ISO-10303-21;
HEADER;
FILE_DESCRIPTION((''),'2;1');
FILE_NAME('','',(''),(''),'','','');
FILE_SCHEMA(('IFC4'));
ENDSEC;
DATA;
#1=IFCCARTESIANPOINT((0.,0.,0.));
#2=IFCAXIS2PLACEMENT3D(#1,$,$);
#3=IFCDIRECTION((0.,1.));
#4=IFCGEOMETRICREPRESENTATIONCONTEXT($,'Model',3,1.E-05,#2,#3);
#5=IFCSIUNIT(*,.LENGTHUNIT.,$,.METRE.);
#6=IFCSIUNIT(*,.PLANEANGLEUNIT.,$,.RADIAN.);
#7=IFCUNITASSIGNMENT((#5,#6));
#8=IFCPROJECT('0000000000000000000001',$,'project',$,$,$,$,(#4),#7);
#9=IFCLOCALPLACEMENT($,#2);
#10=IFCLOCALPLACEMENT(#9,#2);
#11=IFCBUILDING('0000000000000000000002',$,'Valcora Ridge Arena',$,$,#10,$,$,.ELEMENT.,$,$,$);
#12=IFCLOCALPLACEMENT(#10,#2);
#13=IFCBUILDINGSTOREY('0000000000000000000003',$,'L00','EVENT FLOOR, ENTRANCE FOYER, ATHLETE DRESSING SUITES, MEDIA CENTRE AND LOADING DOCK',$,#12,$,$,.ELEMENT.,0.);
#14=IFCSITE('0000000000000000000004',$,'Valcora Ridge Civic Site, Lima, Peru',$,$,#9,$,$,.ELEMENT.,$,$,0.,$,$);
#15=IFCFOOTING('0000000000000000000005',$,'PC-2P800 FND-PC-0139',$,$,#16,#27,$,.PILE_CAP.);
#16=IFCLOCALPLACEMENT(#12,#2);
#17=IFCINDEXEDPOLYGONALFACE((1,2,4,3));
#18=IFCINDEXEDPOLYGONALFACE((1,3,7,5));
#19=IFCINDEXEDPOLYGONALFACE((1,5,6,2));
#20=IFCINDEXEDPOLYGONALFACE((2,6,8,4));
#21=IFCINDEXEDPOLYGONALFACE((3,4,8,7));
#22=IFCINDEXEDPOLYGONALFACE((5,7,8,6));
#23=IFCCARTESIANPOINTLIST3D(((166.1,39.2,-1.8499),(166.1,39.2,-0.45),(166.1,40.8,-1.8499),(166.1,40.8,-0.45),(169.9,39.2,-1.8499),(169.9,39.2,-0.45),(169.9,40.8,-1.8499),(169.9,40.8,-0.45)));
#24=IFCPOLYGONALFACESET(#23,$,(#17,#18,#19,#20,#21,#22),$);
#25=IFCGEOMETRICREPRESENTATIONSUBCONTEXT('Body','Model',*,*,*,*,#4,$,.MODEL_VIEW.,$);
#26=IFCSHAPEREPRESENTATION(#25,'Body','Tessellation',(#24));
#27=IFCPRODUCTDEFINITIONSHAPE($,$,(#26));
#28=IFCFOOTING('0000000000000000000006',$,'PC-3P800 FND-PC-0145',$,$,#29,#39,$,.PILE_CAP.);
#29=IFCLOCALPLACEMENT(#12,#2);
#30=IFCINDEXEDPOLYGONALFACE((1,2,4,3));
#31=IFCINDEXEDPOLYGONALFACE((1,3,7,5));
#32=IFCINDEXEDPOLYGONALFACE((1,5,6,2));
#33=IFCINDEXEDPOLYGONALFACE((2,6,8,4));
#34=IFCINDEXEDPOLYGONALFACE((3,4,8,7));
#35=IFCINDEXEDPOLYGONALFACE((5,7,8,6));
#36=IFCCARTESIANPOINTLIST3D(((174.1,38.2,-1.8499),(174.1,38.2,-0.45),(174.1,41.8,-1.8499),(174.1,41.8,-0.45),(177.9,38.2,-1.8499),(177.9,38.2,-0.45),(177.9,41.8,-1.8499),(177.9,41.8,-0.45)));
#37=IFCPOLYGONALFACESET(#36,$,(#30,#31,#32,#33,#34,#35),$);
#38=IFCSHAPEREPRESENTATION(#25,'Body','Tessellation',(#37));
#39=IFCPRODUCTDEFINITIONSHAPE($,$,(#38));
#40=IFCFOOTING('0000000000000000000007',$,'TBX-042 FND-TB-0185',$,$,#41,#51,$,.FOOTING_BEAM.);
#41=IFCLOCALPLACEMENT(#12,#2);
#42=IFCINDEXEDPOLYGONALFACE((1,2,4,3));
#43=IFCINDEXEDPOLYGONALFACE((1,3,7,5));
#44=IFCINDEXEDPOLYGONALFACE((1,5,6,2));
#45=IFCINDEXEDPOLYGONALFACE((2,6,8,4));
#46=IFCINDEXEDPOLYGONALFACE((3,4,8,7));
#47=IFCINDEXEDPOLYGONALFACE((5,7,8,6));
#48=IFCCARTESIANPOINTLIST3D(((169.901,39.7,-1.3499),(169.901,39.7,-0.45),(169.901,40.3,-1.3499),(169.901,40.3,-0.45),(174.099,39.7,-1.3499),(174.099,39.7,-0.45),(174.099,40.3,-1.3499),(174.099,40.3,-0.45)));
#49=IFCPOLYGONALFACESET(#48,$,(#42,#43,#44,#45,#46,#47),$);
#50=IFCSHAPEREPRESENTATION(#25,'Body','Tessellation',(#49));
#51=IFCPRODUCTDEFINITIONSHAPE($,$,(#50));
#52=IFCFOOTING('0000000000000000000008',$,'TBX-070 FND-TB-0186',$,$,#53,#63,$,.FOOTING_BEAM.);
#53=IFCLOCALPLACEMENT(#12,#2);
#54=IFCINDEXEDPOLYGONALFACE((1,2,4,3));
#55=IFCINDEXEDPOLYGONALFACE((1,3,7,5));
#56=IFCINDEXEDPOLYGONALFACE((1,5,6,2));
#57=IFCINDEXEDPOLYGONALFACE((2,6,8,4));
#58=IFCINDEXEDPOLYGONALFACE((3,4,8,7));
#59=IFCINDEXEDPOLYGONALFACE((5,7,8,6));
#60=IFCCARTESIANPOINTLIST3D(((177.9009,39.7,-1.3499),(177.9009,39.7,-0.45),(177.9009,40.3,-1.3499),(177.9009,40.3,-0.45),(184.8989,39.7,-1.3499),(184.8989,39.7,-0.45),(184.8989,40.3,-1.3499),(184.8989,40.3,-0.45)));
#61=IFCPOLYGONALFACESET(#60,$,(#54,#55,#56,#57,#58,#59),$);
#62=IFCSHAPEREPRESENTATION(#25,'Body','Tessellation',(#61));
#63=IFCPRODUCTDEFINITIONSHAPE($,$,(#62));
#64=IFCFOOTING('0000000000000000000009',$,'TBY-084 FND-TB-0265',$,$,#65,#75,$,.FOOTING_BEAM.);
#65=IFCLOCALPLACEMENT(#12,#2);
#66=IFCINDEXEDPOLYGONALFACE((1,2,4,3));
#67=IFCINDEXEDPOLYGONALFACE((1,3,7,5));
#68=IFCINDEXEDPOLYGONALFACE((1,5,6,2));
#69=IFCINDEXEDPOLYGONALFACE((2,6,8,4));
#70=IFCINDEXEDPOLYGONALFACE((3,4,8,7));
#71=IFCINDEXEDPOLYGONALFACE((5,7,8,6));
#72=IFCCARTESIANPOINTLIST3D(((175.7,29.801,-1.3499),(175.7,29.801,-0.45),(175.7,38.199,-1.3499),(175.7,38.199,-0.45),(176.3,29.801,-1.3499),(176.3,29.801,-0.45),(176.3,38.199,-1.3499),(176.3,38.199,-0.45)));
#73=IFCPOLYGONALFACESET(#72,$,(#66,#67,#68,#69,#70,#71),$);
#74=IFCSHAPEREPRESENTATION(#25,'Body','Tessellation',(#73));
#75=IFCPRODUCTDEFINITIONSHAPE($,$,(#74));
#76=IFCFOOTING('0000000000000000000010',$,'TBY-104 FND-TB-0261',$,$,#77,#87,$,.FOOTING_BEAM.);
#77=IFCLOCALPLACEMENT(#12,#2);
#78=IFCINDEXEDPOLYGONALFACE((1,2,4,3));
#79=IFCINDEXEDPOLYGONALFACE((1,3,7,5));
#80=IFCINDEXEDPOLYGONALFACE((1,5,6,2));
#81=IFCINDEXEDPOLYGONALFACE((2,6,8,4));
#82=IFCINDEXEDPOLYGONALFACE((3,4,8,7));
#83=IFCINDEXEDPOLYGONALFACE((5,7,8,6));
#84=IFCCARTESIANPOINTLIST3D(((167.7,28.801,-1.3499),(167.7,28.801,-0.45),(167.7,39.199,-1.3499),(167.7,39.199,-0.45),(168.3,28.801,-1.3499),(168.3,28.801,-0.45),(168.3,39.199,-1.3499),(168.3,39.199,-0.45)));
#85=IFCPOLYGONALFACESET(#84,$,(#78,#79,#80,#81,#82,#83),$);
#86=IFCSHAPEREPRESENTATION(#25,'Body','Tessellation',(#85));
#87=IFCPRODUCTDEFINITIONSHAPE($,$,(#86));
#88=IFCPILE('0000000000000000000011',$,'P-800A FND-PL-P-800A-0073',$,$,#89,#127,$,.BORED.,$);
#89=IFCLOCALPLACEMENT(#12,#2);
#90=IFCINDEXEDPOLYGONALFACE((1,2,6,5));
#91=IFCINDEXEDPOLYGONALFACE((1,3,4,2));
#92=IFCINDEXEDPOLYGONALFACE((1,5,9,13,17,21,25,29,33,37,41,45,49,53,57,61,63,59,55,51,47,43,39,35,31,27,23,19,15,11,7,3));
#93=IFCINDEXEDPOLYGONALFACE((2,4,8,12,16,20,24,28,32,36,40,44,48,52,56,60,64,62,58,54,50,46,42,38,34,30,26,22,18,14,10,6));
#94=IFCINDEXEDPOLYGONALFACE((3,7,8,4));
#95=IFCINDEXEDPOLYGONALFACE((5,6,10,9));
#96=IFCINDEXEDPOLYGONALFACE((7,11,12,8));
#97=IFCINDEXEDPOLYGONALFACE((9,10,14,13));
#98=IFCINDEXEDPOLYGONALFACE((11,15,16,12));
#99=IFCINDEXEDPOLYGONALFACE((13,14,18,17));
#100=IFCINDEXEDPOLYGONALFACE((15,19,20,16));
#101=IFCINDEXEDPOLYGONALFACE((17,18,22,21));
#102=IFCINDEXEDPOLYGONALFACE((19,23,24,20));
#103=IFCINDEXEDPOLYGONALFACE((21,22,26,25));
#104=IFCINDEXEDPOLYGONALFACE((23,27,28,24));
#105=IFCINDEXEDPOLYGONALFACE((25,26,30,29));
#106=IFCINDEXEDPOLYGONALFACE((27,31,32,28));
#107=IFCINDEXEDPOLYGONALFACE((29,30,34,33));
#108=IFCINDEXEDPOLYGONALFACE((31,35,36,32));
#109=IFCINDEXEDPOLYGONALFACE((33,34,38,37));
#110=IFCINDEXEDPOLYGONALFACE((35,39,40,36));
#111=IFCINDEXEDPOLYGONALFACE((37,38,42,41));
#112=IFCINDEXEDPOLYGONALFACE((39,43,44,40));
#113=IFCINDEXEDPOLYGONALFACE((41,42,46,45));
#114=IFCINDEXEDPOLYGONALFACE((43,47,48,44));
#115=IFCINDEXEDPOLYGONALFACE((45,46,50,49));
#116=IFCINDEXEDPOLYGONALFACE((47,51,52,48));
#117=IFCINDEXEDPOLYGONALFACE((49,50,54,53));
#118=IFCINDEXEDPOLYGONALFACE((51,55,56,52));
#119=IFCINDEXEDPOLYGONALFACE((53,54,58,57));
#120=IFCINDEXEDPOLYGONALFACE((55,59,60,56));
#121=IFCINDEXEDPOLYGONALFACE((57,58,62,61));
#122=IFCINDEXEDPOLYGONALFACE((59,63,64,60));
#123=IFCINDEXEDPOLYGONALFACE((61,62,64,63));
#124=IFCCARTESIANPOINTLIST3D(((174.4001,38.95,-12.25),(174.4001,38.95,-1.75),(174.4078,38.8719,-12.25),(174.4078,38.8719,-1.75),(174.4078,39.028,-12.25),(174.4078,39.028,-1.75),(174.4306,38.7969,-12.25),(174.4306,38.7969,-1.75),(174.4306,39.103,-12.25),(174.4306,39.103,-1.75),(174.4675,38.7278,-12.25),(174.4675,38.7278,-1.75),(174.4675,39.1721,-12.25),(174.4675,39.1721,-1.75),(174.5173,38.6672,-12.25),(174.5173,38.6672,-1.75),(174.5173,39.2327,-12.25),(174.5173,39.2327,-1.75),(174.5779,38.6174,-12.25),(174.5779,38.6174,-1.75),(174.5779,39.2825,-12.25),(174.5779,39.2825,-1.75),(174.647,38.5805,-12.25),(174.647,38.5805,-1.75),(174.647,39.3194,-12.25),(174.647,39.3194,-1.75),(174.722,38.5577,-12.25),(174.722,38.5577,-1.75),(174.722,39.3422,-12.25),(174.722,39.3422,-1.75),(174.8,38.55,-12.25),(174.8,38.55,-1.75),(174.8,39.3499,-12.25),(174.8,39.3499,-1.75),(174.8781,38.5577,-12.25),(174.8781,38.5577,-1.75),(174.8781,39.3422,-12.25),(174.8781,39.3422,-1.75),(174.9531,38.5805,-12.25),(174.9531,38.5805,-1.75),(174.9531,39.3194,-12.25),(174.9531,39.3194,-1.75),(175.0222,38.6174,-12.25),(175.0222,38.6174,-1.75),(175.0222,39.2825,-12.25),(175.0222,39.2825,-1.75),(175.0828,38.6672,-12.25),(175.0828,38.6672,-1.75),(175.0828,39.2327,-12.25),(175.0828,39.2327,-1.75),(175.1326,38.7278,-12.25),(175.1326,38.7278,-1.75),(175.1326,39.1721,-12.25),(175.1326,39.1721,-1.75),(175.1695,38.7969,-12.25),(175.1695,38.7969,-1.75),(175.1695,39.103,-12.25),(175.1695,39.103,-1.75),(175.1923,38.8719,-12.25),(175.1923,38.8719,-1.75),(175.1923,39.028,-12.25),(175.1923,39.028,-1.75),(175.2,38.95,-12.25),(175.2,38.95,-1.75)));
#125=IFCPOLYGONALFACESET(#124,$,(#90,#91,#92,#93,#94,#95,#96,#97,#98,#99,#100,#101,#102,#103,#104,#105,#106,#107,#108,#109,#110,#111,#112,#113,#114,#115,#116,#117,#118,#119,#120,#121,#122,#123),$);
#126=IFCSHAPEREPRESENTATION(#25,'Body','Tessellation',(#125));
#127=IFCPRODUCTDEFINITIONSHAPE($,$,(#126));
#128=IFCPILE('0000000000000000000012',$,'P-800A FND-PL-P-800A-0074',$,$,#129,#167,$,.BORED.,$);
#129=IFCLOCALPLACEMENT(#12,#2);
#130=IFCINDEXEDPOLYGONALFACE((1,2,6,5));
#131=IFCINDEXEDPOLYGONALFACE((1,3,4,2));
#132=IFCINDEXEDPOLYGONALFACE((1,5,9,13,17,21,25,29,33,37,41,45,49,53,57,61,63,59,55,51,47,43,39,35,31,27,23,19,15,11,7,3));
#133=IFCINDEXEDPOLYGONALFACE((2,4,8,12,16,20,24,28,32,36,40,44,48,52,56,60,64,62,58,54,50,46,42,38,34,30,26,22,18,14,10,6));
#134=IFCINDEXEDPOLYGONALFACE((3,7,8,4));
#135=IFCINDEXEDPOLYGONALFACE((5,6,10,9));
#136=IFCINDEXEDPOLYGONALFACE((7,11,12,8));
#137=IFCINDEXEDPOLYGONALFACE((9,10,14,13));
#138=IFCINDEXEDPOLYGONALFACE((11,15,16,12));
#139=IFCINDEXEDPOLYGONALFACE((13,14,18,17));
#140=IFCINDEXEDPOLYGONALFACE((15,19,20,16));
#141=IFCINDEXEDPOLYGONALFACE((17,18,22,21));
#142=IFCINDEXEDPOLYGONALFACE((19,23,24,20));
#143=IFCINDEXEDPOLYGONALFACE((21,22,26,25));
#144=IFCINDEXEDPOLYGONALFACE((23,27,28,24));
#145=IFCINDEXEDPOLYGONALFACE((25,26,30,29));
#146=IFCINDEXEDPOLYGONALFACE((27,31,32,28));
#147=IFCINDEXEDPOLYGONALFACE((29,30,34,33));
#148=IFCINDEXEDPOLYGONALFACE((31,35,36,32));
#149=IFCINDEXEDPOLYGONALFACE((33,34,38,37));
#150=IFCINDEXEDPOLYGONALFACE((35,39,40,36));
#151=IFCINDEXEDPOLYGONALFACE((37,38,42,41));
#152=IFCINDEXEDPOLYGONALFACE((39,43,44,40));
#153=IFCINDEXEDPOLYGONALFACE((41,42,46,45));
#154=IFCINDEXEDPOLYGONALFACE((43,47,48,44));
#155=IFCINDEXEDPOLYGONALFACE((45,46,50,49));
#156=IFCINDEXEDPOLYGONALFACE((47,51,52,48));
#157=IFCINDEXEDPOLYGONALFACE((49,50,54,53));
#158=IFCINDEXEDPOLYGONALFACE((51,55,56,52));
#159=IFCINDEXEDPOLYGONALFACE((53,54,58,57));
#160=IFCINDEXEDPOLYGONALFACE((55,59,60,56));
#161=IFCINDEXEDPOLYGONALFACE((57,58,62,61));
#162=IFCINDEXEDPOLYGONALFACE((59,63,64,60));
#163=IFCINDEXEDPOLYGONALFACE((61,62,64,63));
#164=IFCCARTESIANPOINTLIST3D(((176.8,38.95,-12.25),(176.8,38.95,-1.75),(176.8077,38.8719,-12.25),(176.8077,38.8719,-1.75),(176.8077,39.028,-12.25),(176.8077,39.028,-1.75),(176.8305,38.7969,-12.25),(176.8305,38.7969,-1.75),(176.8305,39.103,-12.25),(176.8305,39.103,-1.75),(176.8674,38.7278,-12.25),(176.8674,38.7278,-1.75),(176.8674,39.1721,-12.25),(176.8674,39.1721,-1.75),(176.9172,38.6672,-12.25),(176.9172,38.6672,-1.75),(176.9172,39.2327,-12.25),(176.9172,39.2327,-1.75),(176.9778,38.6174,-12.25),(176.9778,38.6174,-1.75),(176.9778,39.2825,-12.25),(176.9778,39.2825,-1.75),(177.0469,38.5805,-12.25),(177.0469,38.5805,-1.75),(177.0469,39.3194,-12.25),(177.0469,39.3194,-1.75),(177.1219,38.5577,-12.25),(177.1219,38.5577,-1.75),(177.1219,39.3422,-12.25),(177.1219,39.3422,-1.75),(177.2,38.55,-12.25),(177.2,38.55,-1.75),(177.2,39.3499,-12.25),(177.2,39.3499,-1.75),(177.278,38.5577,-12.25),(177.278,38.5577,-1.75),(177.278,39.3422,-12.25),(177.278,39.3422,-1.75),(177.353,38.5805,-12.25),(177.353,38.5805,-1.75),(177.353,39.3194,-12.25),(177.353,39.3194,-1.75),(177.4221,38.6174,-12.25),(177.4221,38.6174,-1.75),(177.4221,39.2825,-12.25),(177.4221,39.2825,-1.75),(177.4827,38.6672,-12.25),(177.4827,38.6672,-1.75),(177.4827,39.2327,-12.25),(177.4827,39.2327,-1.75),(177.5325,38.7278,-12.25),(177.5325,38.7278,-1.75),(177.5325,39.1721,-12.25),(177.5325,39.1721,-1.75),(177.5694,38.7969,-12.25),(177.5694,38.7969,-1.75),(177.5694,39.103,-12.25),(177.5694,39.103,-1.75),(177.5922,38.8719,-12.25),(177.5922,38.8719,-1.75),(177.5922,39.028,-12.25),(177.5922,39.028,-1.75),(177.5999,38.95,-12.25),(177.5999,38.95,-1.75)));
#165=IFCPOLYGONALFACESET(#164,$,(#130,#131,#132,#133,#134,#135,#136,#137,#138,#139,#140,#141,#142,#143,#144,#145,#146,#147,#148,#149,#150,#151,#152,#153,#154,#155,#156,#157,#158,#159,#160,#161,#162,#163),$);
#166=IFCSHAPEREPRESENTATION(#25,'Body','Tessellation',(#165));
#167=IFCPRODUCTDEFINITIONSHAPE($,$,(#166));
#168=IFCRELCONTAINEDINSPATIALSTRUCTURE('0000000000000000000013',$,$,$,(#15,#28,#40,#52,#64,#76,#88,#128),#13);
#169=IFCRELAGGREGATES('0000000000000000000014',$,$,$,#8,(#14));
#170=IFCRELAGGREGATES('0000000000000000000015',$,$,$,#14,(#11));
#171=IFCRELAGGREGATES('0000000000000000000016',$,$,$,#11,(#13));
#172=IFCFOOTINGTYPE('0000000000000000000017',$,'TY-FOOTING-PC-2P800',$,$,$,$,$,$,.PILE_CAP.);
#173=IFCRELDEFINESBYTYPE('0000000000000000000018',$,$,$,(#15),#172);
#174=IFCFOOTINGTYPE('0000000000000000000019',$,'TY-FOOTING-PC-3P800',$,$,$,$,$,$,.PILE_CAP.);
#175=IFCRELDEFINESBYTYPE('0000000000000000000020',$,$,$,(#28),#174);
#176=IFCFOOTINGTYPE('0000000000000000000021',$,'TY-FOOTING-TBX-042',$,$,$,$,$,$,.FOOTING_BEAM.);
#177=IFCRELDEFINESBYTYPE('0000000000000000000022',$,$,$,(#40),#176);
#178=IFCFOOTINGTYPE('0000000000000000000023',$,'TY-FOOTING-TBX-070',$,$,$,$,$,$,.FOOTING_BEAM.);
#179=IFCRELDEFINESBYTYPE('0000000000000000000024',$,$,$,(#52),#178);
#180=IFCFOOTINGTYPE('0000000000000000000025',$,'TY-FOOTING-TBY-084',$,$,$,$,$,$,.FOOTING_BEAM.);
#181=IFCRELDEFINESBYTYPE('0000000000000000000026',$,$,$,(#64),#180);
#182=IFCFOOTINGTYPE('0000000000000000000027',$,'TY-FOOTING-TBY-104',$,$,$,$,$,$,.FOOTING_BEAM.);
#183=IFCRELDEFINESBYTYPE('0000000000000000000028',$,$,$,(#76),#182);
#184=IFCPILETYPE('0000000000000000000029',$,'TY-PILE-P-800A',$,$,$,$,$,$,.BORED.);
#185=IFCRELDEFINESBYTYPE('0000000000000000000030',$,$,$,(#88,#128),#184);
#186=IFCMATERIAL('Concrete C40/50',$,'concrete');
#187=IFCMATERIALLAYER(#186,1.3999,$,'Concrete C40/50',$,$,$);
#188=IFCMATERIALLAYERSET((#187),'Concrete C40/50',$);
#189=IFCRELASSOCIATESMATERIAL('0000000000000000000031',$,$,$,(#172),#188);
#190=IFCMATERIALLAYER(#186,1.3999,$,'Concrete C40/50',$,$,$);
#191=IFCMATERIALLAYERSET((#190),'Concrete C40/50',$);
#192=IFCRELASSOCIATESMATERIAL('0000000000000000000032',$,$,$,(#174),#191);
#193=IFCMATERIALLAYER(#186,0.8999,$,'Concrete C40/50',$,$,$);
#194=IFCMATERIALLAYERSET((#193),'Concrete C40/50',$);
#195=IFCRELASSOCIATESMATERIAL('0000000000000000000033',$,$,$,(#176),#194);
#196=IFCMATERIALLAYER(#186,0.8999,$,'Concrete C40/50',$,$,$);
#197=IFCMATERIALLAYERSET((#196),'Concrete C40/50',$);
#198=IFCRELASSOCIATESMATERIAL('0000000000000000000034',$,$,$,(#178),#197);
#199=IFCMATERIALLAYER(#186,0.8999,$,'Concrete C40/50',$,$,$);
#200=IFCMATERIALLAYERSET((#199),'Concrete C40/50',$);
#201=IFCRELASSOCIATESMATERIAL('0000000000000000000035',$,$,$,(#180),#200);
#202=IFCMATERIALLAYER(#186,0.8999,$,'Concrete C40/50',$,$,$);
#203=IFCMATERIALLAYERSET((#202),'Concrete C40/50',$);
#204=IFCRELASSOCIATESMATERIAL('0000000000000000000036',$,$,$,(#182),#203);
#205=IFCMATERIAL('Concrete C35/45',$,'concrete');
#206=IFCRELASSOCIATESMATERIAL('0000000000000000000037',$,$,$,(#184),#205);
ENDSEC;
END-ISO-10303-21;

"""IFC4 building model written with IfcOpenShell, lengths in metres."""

from ifc_helpers import new_model, si_unit, direction, frame, origin, origin_2d, place, context, subcontext, project, spatial, rectangle, circle, extrude, material, layer, layer_set, material_profile, profile_set, type_object, element, save


model = new_model("IFC4")

# Units and contexts
model_context = context("Model", 3, precision=1e-05, world=origin(), true_north=direction((0.0, 1.0)))
body_context = subcontext(model_context, "Body", "Model", "MODEL_VIEW")
ifc_project = project(units=[si_unit("LENGTHUNIT", "METRE"), si_unit("PLANEANGLEUNIT", "RADIAN")], contexts=[model_context])

# Site, building, storey
site_placement = place(None, origin())
site = spatial("IfcSite", under=ifc_project, at=site_placement, Name="Valcora Ridge Civic Site, Lima, Peru", CompositionType="ELEMENT", RefElevation=0.0)
building_placement = place(site_placement, origin())
building = spatial("IfcBuilding", under=site, at=building_placement, Name="Valcora Ridge Arena", CompositionType="ELEMENT")
storey_placement = place(building_placement, origin())
storey = spatial("IfcBuildingStorey", under=building, at=storey_placement, Name="L00", Description="EVENT FLOOR, ENTRANCE FOYER, ATHLETE DRESSING SUITES, MEDIA CENTRE AND LOADING DOCK", CompositionType="ELEMENT", Elevation=0.0)

# Footings
ifc_material_1 = material(Name="Concrete C40/50", Category="concrete")
ifc_layer_1 = layer(ifc_material_1, 1.3999, Name="Concrete C40/50")
ifc_layer_set_1 = layer_set([ifc_layer_1], Name="Concrete C40/50")
footing_type_1 = type_object("IfcFootingType", Name="TY-FOOTING-PC-2P800", PredefinedType="PILE_CAP", material=ifc_layer_set_1)
footing_1_placement = place(storey_placement, frame((168.0, 40.0, -1.8499), z_axis=(0.0, 0.0, 1.0), x_axis=(1.0, 0.0, 0.0)))
element("IfcFooting", 1, at=footing_1_placement, inside=storey, type_object=footing_type_1, Name="PC-2P800 FND-PC-0139", PredefinedType="PILE_CAP", context=body_context, shape_type="SweptSolid", body=[
    extrude(rectangle(XDim=3.8, YDim=1.6001, at=origin_2d()), origin(), (0.0, 0.0, 1.0), 1.3999),
])
ifc_layer_2 = layer(ifc_material_1, 1.3999, Name="Concrete C40/50")
ifc_layer_set_2 = layer_set([ifc_layer_2], Name="Concrete C40/50")
footing_type_2 = type_object("IfcFootingType", Name="TY-FOOTING-PC-3P800", PredefinedType="PILE_CAP", material=ifc_layer_set_2)
footing_2_placement = place(storey_placement, frame((176.0, 40.0, -1.8499), z_axis=(0.0, 0.0, 1.0), x_axis=(1.0, 0.0, 0.0)))
element("IfcFooting", 2, at=footing_2_placement, inside=storey, type_object=footing_type_2, Name="PC-3P800 FND-PC-0145", PredefinedType="PILE_CAP", context=body_context, shape_type="SweptSolid", body=[
    extrude(rectangle(XDim=3.8, YDim=3.6001, at=origin_2d()), origin(), (0.0, 0.0, 1.0), 1.3999),
])
ifc_layer_3 = layer(ifc_material_1, 0.8999, Name="Concrete C40/50")
ifc_layer_set_3 = layer_set([ifc_layer_3], Name="Concrete C40/50")
footing_type_3 = type_object("IfcFootingType", Name="TY-FOOTING-TBX-042", PredefinedType="FOOTING_BEAM", material=ifc_layer_set_3)
footing_3_placement = place(storey_placement, frame((172.0, 40.0, -1.3499), z_axis=(0.0, 0.0, 1.0), x_axis=(1.0, 0.0, 0.0)))
element("IfcFooting", 3, at=footing_3_placement, inside=storey, type_object=footing_type_3, Name="TBX-042 FND-TB-0185", PredefinedType="FOOTING_BEAM", context=body_context, shape_type="SweptSolid", body=[
    extrude(rectangle(XDim=4.198, YDim=0.6001, at=origin_2d()), origin(), (0.0, 0.0, 1.0), 0.8999),
])
ifc_layer_4 = layer(ifc_material_1, 0.8999, Name="Concrete C40/50")
ifc_layer_set_4 = layer_set([ifc_layer_4], Name="Concrete C40/50")
footing_type_4 = type_object("IfcFootingType", Name="TY-FOOTING-TBX-070", PredefinedType="FOOTING_BEAM", material=ifc_layer_set_4)
footing_4_placement = place(storey_placement, frame((181.3999, 40.0, -1.3499), z_axis=(0.0, 0.0, 1.0), x_axis=(1.0, 0.0, 0.0)))
element("IfcFooting", 4, at=footing_4_placement, inside=storey, type_object=footing_type_4, Name="TBX-070 FND-TB-0186", PredefinedType="FOOTING_BEAM", context=body_context, shape_type="SweptSolid", body=[
    extrude(rectangle(XDim=6.998, YDim=0.6001, at=origin_2d()), origin(), (0.0, 0.0, 1.0), 0.8999),
])
ifc_layer_5 = layer(ifc_material_1, 0.8999, Name="Concrete C40/50")
ifc_layer_set_5 = layer_set([ifc_layer_5], Name="Concrete C40/50")
footing_type_5 = type_object("IfcFootingType", Name="TY-FOOTING-TBY-084", PredefinedType="FOOTING_BEAM", material=ifc_layer_set_5)
footing_5_placement = place(storey_placement, frame((176.0, 34.0, -1.3499), z_axis=(0.0, 0.0, 1.0), x_axis=(1.0, 0.0, 0.0)))
element("IfcFooting", 5, at=footing_5_placement, inside=storey, type_object=footing_type_5, Name="TBY-084 FND-TB-0265", PredefinedType="FOOTING_BEAM", context=body_context, shape_type="SweptSolid", body=[
    extrude(rectangle(XDim=0.6001, YDim=8.3979, at=origin_2d()), origin(), (0.0, 0.0, 1.0), 0.8999),
])
ifc_layer_6 = layer(ifc_material_1, 0.8999, Name="Concrete C40/50")
ifc_layer_set_6 = layer_set([ifc_layer_6], Name="Concrete C40/50")
footing_type_6 = type_object("IfcFootingType", Name="TY-FOOTING-TBY-104", PredefinedType="FOOTING_BEAM", material=ifc_layer_set_6)
footing_6_placement = place(storey_placement, frame((168.0, 34.0, -1.3499), z_axis=(0.0, 0.0, 1.0), x_axis=(1.0, 0.0, 0.0)))
element("IfcFooting", 6, at=footing_6_placement, inside=storey, type_object=footing_type_6, Name="TBY-104 FND-TB-0261", PredefinedType="FOOTING_BEAM", context=body_context, shape_type="SweptSolid", body=[
    extrude(rectangle(XDim=0.6001, YDim=10.3979, at=origin_2d()), origin(), (0.0, 0.0, 1.0), 0.8999),
])

# Piles
ifc_material_2 = material(Name="Concrete C35/45", Category="concrete")
ifc_material_profile_1 = material_profile(ifc_material_2, circle(Radius=0.3999, at=origin_2d()), Name="BORED PILE D800")
ifc_profile_set_1 = profile_set([ifc_material_profile_1], Name="Concrete C35/45")
pile_type_1 = type_object("IfcPileType", Name="TY-PILE-P-800A", PredefinedType="BORED", material=ifc_profile_set_1)
for number, where, z_axis, x_axis, name in (
    (7, (174.8, 38.95, -1.75), (0.0, 0.0, -1.0), (1.0, 0.0, 0.0), "P-800A FND-PL-P-800A-0073"),
    (8, (177.2, 38.95, -1.75), (0.0, 0.0, -1.0), (1.0, 0.0, 0.0), "P-800A FND-PL-P-800A-0074"),
):
    element("IfcPile", number, at=place(storey_placement, frame(where, z_axis=z_axis, x_axis=x_axis)), inside=storey, type_object=pile_type_1, Name=name, PredefinedType="BORED", context=body_context, shape_type="SweptSolid", body=[
        extrude(circle(Radius=0.3999, at=origin_2d()), origin(), (0.0, 0.0, 1.0), 10.5),
    ])

save(model, "model.ifc")
